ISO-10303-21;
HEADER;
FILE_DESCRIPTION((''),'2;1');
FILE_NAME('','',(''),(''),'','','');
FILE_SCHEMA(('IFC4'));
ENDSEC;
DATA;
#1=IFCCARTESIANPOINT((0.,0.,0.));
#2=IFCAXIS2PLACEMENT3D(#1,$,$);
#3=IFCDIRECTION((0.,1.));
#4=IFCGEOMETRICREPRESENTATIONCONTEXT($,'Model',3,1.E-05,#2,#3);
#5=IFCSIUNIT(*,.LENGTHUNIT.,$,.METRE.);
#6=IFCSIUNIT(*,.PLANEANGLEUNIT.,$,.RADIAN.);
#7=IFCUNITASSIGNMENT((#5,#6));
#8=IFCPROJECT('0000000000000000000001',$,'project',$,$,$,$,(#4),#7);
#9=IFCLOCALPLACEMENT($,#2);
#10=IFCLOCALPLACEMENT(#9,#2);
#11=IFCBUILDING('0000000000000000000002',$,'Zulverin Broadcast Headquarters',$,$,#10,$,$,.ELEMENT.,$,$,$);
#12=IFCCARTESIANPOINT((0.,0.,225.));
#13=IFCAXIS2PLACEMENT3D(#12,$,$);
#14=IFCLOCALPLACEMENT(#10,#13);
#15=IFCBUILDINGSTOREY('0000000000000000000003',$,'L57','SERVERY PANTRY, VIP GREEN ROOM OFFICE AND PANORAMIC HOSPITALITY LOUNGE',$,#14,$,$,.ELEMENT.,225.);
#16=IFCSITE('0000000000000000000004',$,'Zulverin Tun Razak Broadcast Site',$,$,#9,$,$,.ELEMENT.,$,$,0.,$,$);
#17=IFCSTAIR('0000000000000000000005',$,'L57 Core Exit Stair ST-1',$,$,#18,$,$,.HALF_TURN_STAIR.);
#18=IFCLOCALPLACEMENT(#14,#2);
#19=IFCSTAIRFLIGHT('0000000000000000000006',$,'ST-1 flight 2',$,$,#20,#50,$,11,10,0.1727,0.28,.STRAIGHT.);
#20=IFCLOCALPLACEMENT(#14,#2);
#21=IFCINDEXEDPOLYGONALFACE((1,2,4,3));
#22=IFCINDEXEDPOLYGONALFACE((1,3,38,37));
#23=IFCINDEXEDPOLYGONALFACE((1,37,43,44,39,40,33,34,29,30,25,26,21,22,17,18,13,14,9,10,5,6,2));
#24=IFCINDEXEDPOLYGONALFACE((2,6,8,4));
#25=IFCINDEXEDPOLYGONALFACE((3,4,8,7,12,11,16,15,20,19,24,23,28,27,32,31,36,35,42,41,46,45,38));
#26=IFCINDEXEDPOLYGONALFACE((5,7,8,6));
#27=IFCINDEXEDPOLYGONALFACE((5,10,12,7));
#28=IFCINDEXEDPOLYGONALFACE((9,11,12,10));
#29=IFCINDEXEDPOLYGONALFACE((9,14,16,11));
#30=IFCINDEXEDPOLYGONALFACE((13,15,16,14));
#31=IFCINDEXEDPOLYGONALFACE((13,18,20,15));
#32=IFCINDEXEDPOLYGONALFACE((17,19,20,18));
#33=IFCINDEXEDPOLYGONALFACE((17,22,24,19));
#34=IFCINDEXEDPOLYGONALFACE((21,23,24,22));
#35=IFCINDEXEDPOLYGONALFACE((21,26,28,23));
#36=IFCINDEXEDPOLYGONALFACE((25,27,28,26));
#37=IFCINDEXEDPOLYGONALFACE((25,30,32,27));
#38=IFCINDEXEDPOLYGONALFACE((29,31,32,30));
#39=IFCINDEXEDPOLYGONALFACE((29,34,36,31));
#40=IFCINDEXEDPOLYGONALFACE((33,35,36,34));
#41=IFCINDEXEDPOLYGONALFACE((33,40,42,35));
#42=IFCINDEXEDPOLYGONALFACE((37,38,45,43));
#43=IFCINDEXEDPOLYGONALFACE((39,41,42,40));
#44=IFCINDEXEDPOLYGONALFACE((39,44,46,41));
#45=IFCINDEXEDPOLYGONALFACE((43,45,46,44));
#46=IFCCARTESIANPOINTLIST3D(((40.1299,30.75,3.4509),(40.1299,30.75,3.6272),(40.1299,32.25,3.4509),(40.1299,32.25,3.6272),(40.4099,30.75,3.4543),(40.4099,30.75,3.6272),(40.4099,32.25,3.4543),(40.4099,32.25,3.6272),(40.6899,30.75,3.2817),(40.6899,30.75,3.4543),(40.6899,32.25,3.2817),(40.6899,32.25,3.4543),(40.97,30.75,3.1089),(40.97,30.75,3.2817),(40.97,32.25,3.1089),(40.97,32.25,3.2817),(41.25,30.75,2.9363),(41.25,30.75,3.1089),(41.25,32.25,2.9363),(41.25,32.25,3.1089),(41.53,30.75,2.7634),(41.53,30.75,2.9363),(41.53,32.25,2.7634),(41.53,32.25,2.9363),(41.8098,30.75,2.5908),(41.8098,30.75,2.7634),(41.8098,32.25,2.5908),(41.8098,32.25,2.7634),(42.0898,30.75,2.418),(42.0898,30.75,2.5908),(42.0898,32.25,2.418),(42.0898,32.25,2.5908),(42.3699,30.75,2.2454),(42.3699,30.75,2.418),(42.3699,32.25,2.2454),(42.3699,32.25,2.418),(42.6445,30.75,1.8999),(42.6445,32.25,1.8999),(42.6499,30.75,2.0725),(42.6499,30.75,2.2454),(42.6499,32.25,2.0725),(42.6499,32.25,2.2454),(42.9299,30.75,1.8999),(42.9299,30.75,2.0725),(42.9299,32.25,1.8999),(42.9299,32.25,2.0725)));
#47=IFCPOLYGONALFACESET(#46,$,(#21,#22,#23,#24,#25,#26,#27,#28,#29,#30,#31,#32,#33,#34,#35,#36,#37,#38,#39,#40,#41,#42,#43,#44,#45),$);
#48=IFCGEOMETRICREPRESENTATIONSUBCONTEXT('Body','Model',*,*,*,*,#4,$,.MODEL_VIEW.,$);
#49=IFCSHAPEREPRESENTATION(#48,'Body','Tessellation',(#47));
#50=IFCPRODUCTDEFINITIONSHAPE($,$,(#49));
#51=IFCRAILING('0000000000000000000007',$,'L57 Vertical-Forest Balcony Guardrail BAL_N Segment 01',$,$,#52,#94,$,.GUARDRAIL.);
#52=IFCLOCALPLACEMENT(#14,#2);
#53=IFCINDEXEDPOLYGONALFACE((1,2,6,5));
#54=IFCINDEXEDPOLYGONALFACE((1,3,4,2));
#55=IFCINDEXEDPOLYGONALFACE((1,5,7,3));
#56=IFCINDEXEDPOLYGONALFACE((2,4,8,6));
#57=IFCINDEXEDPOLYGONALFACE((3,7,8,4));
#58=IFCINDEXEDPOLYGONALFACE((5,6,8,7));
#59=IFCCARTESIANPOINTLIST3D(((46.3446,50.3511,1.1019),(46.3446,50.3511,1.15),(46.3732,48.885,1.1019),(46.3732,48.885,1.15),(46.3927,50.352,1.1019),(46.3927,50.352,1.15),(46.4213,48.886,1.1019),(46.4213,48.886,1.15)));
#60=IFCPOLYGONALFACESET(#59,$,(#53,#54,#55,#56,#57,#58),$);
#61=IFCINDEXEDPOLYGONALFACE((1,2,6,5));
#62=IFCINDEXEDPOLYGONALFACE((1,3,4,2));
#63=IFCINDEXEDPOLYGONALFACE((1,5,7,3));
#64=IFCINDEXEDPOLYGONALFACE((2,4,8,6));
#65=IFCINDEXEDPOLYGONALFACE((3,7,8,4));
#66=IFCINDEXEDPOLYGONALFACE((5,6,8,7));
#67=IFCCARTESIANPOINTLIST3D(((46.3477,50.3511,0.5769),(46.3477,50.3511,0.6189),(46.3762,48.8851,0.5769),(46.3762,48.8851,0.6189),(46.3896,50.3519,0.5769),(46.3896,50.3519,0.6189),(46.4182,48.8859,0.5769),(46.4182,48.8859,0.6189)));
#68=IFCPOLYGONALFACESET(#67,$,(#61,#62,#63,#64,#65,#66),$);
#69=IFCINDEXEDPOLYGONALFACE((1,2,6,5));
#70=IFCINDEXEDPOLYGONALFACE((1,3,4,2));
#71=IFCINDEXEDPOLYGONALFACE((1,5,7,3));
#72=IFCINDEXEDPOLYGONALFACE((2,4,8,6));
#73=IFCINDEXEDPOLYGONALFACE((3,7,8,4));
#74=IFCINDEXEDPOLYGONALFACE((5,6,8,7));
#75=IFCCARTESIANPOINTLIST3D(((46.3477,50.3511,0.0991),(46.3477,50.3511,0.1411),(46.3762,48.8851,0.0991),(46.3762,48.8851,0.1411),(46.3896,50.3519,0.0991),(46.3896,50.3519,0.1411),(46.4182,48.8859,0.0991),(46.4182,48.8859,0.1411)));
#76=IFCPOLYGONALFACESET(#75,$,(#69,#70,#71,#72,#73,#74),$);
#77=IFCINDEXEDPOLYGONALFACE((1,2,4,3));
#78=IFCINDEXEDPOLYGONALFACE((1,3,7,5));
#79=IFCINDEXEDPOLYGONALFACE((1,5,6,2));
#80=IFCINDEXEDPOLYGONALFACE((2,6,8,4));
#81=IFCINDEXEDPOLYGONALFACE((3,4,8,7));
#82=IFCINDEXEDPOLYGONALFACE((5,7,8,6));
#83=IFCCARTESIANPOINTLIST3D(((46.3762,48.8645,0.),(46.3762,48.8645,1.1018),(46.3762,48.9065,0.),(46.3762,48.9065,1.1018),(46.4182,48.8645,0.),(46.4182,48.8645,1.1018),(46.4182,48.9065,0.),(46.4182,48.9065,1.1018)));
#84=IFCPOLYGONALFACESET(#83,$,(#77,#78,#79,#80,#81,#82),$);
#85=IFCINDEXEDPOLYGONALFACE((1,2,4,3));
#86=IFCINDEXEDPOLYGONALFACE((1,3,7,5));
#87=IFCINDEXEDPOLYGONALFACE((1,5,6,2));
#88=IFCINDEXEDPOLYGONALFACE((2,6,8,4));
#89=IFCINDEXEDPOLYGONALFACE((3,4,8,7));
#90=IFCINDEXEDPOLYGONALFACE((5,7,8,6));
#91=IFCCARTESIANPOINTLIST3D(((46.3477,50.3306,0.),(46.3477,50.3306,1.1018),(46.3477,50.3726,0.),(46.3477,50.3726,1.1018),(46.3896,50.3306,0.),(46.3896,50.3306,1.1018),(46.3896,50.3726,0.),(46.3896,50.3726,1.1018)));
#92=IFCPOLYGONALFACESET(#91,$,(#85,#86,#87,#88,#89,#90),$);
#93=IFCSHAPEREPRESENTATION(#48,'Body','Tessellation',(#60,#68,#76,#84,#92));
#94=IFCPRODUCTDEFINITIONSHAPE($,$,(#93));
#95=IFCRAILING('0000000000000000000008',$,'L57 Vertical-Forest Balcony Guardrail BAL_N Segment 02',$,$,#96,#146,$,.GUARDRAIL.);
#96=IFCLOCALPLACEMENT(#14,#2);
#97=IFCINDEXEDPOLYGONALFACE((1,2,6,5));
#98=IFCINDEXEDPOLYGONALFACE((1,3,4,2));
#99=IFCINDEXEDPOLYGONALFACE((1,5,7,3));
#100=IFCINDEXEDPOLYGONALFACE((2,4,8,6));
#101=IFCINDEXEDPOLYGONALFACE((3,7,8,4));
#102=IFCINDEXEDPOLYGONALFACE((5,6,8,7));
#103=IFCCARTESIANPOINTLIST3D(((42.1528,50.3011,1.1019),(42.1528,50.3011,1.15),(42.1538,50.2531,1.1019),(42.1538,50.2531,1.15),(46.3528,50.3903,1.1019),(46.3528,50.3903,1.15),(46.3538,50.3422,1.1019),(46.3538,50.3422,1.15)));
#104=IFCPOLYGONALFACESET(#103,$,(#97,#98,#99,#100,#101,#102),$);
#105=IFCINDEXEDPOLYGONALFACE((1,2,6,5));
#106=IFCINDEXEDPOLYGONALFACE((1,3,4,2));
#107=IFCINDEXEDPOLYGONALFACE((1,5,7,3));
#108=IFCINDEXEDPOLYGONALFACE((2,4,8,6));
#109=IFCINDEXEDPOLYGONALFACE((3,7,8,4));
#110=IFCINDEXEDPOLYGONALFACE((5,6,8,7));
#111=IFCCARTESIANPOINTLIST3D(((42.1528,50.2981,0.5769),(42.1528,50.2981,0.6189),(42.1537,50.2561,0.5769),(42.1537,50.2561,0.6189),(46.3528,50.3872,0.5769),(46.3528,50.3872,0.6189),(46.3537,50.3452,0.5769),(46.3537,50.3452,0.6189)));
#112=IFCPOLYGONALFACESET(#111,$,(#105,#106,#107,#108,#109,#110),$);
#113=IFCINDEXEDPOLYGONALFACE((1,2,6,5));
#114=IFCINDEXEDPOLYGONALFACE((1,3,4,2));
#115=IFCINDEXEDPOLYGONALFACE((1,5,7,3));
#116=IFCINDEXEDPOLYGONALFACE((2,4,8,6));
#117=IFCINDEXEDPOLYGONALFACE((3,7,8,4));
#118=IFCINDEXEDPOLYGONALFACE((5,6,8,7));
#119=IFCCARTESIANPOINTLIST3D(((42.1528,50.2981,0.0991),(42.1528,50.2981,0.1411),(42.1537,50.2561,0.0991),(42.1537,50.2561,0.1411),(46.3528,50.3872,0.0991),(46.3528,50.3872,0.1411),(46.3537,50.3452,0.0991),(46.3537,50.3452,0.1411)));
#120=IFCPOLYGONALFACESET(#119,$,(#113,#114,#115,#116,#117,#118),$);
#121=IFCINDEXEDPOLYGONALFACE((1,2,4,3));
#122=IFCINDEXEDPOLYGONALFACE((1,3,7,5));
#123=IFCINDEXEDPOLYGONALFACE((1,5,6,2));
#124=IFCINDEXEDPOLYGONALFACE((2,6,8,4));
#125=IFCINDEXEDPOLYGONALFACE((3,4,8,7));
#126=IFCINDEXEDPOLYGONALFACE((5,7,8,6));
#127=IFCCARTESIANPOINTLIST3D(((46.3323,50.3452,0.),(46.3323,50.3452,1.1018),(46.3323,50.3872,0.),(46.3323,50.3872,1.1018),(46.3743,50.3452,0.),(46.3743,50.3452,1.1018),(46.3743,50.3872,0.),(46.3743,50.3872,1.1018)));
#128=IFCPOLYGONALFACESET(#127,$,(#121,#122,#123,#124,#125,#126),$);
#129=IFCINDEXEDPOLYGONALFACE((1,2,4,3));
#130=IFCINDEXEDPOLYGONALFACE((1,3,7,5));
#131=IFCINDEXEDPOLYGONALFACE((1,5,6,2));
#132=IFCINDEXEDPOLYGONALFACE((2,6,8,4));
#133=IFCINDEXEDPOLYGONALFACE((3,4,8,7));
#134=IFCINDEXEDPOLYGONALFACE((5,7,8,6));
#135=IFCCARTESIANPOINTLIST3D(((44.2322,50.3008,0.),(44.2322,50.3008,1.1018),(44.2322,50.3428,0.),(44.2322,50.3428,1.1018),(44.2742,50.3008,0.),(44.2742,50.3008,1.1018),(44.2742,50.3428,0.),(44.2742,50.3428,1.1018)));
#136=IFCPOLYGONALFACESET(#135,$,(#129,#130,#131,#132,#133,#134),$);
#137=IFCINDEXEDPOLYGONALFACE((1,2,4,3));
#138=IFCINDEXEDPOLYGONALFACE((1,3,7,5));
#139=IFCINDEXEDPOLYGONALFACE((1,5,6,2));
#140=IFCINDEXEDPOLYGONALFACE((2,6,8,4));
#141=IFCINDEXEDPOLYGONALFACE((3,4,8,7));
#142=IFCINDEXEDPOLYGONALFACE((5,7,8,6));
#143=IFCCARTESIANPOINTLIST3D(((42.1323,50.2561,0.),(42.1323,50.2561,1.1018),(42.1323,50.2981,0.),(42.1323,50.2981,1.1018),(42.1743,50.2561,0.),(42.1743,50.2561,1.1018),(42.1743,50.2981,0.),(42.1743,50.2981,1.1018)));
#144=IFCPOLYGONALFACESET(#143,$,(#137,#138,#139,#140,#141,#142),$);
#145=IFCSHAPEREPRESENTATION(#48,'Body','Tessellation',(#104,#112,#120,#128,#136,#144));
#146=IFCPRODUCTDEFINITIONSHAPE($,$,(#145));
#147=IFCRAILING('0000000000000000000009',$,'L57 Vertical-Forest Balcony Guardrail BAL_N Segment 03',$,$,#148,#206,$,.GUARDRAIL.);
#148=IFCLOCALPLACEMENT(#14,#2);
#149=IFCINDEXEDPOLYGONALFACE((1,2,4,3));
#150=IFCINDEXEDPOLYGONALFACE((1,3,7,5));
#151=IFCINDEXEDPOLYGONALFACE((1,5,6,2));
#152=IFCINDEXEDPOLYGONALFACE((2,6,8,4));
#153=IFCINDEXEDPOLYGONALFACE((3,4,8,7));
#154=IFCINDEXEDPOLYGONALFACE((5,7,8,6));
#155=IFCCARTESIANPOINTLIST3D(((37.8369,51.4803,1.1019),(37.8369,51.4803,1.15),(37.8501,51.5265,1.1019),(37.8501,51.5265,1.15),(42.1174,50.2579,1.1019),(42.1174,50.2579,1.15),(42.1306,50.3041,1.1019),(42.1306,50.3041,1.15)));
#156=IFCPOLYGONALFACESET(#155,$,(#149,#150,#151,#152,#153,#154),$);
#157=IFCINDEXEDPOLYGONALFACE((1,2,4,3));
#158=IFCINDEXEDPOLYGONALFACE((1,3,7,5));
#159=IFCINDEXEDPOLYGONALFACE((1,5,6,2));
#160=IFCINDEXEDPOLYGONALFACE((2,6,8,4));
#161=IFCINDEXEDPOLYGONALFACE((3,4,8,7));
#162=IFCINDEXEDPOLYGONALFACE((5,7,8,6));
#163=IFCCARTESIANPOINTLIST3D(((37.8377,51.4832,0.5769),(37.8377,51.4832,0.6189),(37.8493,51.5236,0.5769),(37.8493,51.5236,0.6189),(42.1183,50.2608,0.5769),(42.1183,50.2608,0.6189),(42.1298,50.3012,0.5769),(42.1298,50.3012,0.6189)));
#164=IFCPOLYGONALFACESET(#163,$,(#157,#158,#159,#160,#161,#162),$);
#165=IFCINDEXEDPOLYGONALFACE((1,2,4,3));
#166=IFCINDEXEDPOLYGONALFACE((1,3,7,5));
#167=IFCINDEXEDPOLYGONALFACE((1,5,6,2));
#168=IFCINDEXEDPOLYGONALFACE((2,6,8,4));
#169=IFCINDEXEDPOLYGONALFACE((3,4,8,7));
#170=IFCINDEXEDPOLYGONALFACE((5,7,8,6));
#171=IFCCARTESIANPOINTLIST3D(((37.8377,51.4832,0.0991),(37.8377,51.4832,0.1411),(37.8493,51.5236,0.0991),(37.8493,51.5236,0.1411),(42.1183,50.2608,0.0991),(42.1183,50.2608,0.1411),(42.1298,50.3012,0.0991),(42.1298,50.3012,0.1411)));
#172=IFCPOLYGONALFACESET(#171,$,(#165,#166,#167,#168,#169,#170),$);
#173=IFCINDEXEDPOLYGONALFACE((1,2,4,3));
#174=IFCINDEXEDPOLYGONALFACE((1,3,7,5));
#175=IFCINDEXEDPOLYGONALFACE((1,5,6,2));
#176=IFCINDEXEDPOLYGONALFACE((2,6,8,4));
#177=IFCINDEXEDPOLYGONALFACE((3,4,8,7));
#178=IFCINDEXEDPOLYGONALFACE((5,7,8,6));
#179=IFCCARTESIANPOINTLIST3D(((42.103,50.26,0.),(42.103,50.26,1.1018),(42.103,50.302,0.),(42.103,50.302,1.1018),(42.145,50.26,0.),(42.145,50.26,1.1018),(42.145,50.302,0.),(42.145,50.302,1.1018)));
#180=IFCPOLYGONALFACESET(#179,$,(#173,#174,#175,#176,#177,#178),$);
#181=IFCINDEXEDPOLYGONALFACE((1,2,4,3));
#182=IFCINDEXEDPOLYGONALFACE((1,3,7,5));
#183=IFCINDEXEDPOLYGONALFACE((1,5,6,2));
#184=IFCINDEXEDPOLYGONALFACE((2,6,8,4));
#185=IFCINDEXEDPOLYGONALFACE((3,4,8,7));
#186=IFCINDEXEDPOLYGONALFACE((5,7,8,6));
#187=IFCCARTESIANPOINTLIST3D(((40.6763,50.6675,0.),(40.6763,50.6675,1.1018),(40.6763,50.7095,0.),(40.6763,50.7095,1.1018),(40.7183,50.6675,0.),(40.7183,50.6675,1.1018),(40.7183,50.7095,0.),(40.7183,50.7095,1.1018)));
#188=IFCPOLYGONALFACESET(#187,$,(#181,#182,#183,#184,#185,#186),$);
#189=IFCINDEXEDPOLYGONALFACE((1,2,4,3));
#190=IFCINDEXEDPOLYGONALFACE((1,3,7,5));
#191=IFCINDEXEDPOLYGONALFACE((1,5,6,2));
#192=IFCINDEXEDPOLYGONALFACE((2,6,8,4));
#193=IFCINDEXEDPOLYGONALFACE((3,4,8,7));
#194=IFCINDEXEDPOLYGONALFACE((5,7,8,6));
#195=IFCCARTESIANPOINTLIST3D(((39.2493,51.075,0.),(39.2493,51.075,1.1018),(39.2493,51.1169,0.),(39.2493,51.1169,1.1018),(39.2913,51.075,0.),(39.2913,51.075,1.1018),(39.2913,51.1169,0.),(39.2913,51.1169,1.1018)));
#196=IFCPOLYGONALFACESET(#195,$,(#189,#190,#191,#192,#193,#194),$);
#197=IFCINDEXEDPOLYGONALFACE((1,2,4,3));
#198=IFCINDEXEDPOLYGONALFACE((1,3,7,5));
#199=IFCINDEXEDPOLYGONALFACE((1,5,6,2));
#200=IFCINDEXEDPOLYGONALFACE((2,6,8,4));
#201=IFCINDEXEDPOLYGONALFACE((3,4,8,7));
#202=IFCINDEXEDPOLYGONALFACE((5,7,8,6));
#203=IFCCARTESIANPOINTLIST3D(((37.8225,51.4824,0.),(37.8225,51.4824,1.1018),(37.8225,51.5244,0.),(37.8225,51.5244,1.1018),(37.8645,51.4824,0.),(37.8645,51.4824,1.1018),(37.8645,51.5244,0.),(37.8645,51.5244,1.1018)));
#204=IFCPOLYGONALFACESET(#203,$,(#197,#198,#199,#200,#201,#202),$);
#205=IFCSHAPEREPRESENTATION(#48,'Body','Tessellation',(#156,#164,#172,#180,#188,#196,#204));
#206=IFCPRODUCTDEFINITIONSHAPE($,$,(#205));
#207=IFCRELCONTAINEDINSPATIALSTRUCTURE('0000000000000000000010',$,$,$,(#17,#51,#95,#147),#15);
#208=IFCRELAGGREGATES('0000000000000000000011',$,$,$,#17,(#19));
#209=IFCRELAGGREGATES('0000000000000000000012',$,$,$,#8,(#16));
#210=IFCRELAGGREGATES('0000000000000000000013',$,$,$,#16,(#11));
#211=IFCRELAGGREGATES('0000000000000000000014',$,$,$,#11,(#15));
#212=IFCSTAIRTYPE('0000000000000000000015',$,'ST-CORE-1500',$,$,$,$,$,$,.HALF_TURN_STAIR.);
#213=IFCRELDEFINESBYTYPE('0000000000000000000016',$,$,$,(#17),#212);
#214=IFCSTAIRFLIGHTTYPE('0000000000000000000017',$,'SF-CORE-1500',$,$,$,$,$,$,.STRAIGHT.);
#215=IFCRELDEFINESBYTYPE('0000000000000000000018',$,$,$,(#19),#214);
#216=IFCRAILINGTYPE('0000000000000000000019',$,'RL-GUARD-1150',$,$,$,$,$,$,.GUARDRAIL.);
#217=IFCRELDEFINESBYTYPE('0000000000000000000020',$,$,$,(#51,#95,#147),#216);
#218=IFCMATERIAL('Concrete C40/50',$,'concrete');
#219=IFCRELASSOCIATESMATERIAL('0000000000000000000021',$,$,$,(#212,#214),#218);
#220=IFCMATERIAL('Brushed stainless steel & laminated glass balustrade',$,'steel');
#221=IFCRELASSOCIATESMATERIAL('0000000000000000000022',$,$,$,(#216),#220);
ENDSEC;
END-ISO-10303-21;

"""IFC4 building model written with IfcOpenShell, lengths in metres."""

from ifc_helpers import new_model, si_unit, direction, frame, origin, origin_2d, place, context, subcontext, project, spatial, polyline, rectangle, outline, extrude, material, type_object, element, aggregate, save


model = new_model("IFC4")

# Units and contexts
model_context = context("Model", 3, precision=1e-05, world=origin(), true_north=direction((0.0, 1.0)))
body_context = subcontext(model_context, "Body", "Model", "MODEL_VIEW")
ifc_project = project(units=[si_unit("LENGTHUNIT", "METRE"), si_unit("PLANEANGLEUNIT", "RADIAN")], contexts=[model_context])

# Site, building, storey
site_placement = place(None, origin())
site = spatial("IfcSite", under=ifc_project, at=site_placement, Name="Zulverin Tun Razak Broadcast Site", CompositionType="ELEMENT", RefElevation=0.0)
building_placement = place(site_placement, origin())
building = spatial("IfcBuilding", under=site, at=building_placement, Name="Zulverin Broadcast Headquarters", CompositionType="ELEMENT")
storey_placement = place(building_placement, frame((0.0, 0.0, 225.0)))
storey = spatial("IfcBuildingStorey", under=building, at=storey_placement, Name="L57", Description="SERVERY PANTRY, VIP GREEN ROOM OFFICE AND PANORAMIC HOSPITALITY LOUNGE", CompositionType="ELEMENT", Elevation=225.0)

# Shared definitions
ifc_material_1 = material(Name="Concrete C40/50", Category="concrete")

# Stair, stair flight
stair_type = type_object("IfcStairType", Name="ST-CORE-1500", PredefinedType="HALF_TURN_STAIR", material=ifc_material_1)
stair_placement = place(storey_placement, origin())
stair = element("IfcStair", 1, at=stair_placement, inside=storey, type_object=stair_type, Name="L57 Core Exit Stair ST-1", PredefinedType="HALF_TURN_STAIR")
stair_flight_type = type_object("IfcStairFlightType", Name="SF-CORE-1500", PredefinedType="STRAIGHT", material=ifc_material_1)
stair_flight_placement = place(storey_placement, frame((42.9299, 31.5, 1.8999), z_axis=(0.0, 0.0, 1.0), x_axis=(-1.0, 0.0, 0.0)))
stair_flight = element("IfcStairFlight", 2, at=stair_flight_placement, type_object=stair_flight_type, Name="ST-1 flight 2", NumberOfRisers=11, NumberOfTreads=10, PredefinedType="STRAIGHT", RiserHeight=0.1727, TreadLength=0.28, context=body_context, shape_type="SweptSolid", body=[
    extrude(outline(polyline([(0.0, 0.0), (0.0, 0.1726), (0.28, 0.1726), (0.28, 0.3455), (0.5601, 0.3455), (0.5601, 0.5181), (0.8401, 0.5181), (0.8401, 0.6909), (1.1201, 0.6909), (1.1201, 0.8635), (1.3999, 0.8635), (1.3999, 1.0364), (1.6799, 1.0364), (1.6799, 1.209), (1.96, 1.209), (1.96, 1.3818), (2.24, 1.3818), (2.24, 1.5544), (2.52, 1.5544), (2.52, 1.7273), (2.8, 1.7273), (2.8, 1.8999), (2.8, 1.551), (0.2854, 0.0), (0.0, 0.0)])), frame((0.0, 0.75, 0.0), z_axis=(0.0, -1.0, 0.0), x_axis=(1.0, 0.0, 0.0)), (0.0, 0.0, 1.0), 1.5),
])
aggregate(stair, [stair_flight])

# Railings
ifc_material_2 = material(Name="Brushed stainless steel & laminated glass balustrade", Category="steel")
railing_type_1 = type_object("IfcRailingType", Name="RL-GUARD-1150", PredefinedType="GUARDRAIL", material=ifc_material_2)
railing_1_placement = place(storey_placement, frame((46.3972, 48.8855, 0.0)))
element("IfcRailing", 3, at=railing_1_placement, inside=storey, type_object=railing_type_1, Name="L57 Vertical-Forest Balcony Guardrail BAL_N Segment 01", PredefinedType="GUARDRAIL", context=body_context, shape_type="SweptSolid", body=[
    extrude(rectangle(XDim=0.0481, YDim=0.0481, at=origin_2d()), frame((0.0, 0.0, 1.126), z_axis=(-0.01948, 0.99981, 0.0), x_axis=(-0.99981, -0.01948, 0.0)), (0.0, 0.0, 1.0), 1.4663),
    extrude(rectangle(XDim=0.042, YDim=0.042, at=origin_2d()), frame((0.0, 0.0, 0.5979), z_axis=(-0.01948, 0.99981, 0.0), x_axis=(-0.99981, -0.01948, 0.0)), (0.0, 0.0, 1.0), 1.4663),
    extrude(rectangle(XDim=0.042, YDim=0.042, at=origin_2d()), frame((0.0, 0.0, 0.1201), z_axis=(-0.01948, 0.99981, 0.0), x_axis=(-0.99981, -0.01948, 0.0)), (0.0, 0.0, 1.0), 1.4663),
    extrude(rectangle(XDim=0.042, YDim=0.042, at=origin_2d()), origin(), (0.0, 0.0, 1.0), 1.1018),
    extrude(rectangle(XDim=0.042, YDim=0.042, at=origin_2d()), frame((-0.0286, 1.4661, 0.0)), (0.0, 0.0, 1.0), 1.1018),
])
railing_2_placement = place(storey_placement, frame((46.3533, 50.3662, 0.0)))
element("IfcRailing", 4, at=railing_2_placement, inside=storey, type_object=railing_type_1, Name="L57 Vertical-Forest Balcony Guardrail BAL_N Segment 02", PredefinedType="GUARDRAIL", context=body_context, shape_type="SweptSolid", body=[
    extrude(rectangle(XDim=0.0481, YDim=0.0481, at=origin_2d()), frame((0.0, 0.0, 1.126), z_axis=(-0.999775, -0.021212, 0.0), x_axis=(0.021212, -0.999775, 0.0)), (0.0, 0.0, 1.0), 4.2009),
    extrude(rectangle(XDim=0.042, YDim=0.042, at=origin_2d()), frame((0.0, 0.0, 0.5979), z_axis=(-0.999775, -0.021212, 0.0), x_axis=(0.021212, -0.999775, 0.0)), (0.0, 0.0, 1.0), 4.2009),
    extrude(rectangle(XDim=0.042, YDim=0.042, at=origin_2d()), frame((0.0, 0.0, 0.1201), z_axis=(-0.999775, -0.021212, 0.0), x_axis=(0.021212, -0.999775, 0.0)), (0.0, 0.0, 1.0), 4.2009),
    extrude(rectangle(XDim=0.042, YDim=0.042, at=origin_2d()), origin(), (0.0, 0.0, 1.0), 1.1018),
    extrude(rectangle(XDim=0.042, YDim=0.042, at=origin_2d()), frame((-2.1001, -0.0444, 0.0)), (0.0, 0.0, 1.0), 1.1018),
    extrude(rectangle(XDim=0.042, YDim=0.042, at=origin_2d()), frame((-4.2, -0.0891, 0.0)), (0.0, 0.0, 1.0), 1.1018),
])
railing_3_placement = place(storey_placement, frame((42.124, 50.281, 0.0)))
element("IfcRailing", 5, at=railing_3_placement, inside=storey, type_object=railing_type_1, Name="L57 Vertical-Forest Balcony Guardrail BAL_N Segment 03", PredefinedType="GUARDRAIL", context=body_context, shape_type="SweptSolid", body=[
    extrude(rectangle(XDim=0.0481, YDim=0.0481, at=origin_2d()), frame((0.0, 0.0, 1.126), z_axis=(-0.961559, 0.274598, 0.0), x_axis=(-0.274598, -0.961559, 0.0)), (0.0, 0.0, 1.0), 4.4517),
    extrude(rectangle(XDim=0.042, YDim=0.042, at=origin_2d()), frame((0.0, 0.0, 0.5979), z_axis=(-0.961559, 0.274598, 0.0), x_axis=(-0.274598, -0.961559, 0.0)), (0.0, 0.0, 1.0), 4.4517),
    extrude(rectangle(XDim=0.042, YDim=0.042, at=origin_2d()), frame((0.0, 0.0, 0.1201), z_axis=(-0.961559, 0.274598, 0.0), x_axis=(-0.274598, -0.961559, 0.0)), (0.0, 0.0, 1.0), 4.4517),
    extrude(rectangle(XDim=0.042, YDim=0.042, at=origin_2d()), origin(), (0.0, 0.0, 1.0), 1.1018),
    extrude(rectangle(XDim=0.042, YDim=0.042, at=origin_2d()), frame((-1.4268, 0.4075, 0.0)), (0.0, 0.0, 1.0), 1.1018),
    extrude(rectangle(XDim=0.042, YDim=0.042, at=origin_2d()), frame((-2.8538, 0.8149, 0.0)), (0.0, 0.0, 1.0), 1.1018),
    extrude(rectangle(XDim=0.042, YDim=0.042, at=origin_2d()), frame((-4.2805, 1.2224, 0.0)), (0.0, 0.0, 1.0), 1.1018),
])

save(model, "model.ifc")
